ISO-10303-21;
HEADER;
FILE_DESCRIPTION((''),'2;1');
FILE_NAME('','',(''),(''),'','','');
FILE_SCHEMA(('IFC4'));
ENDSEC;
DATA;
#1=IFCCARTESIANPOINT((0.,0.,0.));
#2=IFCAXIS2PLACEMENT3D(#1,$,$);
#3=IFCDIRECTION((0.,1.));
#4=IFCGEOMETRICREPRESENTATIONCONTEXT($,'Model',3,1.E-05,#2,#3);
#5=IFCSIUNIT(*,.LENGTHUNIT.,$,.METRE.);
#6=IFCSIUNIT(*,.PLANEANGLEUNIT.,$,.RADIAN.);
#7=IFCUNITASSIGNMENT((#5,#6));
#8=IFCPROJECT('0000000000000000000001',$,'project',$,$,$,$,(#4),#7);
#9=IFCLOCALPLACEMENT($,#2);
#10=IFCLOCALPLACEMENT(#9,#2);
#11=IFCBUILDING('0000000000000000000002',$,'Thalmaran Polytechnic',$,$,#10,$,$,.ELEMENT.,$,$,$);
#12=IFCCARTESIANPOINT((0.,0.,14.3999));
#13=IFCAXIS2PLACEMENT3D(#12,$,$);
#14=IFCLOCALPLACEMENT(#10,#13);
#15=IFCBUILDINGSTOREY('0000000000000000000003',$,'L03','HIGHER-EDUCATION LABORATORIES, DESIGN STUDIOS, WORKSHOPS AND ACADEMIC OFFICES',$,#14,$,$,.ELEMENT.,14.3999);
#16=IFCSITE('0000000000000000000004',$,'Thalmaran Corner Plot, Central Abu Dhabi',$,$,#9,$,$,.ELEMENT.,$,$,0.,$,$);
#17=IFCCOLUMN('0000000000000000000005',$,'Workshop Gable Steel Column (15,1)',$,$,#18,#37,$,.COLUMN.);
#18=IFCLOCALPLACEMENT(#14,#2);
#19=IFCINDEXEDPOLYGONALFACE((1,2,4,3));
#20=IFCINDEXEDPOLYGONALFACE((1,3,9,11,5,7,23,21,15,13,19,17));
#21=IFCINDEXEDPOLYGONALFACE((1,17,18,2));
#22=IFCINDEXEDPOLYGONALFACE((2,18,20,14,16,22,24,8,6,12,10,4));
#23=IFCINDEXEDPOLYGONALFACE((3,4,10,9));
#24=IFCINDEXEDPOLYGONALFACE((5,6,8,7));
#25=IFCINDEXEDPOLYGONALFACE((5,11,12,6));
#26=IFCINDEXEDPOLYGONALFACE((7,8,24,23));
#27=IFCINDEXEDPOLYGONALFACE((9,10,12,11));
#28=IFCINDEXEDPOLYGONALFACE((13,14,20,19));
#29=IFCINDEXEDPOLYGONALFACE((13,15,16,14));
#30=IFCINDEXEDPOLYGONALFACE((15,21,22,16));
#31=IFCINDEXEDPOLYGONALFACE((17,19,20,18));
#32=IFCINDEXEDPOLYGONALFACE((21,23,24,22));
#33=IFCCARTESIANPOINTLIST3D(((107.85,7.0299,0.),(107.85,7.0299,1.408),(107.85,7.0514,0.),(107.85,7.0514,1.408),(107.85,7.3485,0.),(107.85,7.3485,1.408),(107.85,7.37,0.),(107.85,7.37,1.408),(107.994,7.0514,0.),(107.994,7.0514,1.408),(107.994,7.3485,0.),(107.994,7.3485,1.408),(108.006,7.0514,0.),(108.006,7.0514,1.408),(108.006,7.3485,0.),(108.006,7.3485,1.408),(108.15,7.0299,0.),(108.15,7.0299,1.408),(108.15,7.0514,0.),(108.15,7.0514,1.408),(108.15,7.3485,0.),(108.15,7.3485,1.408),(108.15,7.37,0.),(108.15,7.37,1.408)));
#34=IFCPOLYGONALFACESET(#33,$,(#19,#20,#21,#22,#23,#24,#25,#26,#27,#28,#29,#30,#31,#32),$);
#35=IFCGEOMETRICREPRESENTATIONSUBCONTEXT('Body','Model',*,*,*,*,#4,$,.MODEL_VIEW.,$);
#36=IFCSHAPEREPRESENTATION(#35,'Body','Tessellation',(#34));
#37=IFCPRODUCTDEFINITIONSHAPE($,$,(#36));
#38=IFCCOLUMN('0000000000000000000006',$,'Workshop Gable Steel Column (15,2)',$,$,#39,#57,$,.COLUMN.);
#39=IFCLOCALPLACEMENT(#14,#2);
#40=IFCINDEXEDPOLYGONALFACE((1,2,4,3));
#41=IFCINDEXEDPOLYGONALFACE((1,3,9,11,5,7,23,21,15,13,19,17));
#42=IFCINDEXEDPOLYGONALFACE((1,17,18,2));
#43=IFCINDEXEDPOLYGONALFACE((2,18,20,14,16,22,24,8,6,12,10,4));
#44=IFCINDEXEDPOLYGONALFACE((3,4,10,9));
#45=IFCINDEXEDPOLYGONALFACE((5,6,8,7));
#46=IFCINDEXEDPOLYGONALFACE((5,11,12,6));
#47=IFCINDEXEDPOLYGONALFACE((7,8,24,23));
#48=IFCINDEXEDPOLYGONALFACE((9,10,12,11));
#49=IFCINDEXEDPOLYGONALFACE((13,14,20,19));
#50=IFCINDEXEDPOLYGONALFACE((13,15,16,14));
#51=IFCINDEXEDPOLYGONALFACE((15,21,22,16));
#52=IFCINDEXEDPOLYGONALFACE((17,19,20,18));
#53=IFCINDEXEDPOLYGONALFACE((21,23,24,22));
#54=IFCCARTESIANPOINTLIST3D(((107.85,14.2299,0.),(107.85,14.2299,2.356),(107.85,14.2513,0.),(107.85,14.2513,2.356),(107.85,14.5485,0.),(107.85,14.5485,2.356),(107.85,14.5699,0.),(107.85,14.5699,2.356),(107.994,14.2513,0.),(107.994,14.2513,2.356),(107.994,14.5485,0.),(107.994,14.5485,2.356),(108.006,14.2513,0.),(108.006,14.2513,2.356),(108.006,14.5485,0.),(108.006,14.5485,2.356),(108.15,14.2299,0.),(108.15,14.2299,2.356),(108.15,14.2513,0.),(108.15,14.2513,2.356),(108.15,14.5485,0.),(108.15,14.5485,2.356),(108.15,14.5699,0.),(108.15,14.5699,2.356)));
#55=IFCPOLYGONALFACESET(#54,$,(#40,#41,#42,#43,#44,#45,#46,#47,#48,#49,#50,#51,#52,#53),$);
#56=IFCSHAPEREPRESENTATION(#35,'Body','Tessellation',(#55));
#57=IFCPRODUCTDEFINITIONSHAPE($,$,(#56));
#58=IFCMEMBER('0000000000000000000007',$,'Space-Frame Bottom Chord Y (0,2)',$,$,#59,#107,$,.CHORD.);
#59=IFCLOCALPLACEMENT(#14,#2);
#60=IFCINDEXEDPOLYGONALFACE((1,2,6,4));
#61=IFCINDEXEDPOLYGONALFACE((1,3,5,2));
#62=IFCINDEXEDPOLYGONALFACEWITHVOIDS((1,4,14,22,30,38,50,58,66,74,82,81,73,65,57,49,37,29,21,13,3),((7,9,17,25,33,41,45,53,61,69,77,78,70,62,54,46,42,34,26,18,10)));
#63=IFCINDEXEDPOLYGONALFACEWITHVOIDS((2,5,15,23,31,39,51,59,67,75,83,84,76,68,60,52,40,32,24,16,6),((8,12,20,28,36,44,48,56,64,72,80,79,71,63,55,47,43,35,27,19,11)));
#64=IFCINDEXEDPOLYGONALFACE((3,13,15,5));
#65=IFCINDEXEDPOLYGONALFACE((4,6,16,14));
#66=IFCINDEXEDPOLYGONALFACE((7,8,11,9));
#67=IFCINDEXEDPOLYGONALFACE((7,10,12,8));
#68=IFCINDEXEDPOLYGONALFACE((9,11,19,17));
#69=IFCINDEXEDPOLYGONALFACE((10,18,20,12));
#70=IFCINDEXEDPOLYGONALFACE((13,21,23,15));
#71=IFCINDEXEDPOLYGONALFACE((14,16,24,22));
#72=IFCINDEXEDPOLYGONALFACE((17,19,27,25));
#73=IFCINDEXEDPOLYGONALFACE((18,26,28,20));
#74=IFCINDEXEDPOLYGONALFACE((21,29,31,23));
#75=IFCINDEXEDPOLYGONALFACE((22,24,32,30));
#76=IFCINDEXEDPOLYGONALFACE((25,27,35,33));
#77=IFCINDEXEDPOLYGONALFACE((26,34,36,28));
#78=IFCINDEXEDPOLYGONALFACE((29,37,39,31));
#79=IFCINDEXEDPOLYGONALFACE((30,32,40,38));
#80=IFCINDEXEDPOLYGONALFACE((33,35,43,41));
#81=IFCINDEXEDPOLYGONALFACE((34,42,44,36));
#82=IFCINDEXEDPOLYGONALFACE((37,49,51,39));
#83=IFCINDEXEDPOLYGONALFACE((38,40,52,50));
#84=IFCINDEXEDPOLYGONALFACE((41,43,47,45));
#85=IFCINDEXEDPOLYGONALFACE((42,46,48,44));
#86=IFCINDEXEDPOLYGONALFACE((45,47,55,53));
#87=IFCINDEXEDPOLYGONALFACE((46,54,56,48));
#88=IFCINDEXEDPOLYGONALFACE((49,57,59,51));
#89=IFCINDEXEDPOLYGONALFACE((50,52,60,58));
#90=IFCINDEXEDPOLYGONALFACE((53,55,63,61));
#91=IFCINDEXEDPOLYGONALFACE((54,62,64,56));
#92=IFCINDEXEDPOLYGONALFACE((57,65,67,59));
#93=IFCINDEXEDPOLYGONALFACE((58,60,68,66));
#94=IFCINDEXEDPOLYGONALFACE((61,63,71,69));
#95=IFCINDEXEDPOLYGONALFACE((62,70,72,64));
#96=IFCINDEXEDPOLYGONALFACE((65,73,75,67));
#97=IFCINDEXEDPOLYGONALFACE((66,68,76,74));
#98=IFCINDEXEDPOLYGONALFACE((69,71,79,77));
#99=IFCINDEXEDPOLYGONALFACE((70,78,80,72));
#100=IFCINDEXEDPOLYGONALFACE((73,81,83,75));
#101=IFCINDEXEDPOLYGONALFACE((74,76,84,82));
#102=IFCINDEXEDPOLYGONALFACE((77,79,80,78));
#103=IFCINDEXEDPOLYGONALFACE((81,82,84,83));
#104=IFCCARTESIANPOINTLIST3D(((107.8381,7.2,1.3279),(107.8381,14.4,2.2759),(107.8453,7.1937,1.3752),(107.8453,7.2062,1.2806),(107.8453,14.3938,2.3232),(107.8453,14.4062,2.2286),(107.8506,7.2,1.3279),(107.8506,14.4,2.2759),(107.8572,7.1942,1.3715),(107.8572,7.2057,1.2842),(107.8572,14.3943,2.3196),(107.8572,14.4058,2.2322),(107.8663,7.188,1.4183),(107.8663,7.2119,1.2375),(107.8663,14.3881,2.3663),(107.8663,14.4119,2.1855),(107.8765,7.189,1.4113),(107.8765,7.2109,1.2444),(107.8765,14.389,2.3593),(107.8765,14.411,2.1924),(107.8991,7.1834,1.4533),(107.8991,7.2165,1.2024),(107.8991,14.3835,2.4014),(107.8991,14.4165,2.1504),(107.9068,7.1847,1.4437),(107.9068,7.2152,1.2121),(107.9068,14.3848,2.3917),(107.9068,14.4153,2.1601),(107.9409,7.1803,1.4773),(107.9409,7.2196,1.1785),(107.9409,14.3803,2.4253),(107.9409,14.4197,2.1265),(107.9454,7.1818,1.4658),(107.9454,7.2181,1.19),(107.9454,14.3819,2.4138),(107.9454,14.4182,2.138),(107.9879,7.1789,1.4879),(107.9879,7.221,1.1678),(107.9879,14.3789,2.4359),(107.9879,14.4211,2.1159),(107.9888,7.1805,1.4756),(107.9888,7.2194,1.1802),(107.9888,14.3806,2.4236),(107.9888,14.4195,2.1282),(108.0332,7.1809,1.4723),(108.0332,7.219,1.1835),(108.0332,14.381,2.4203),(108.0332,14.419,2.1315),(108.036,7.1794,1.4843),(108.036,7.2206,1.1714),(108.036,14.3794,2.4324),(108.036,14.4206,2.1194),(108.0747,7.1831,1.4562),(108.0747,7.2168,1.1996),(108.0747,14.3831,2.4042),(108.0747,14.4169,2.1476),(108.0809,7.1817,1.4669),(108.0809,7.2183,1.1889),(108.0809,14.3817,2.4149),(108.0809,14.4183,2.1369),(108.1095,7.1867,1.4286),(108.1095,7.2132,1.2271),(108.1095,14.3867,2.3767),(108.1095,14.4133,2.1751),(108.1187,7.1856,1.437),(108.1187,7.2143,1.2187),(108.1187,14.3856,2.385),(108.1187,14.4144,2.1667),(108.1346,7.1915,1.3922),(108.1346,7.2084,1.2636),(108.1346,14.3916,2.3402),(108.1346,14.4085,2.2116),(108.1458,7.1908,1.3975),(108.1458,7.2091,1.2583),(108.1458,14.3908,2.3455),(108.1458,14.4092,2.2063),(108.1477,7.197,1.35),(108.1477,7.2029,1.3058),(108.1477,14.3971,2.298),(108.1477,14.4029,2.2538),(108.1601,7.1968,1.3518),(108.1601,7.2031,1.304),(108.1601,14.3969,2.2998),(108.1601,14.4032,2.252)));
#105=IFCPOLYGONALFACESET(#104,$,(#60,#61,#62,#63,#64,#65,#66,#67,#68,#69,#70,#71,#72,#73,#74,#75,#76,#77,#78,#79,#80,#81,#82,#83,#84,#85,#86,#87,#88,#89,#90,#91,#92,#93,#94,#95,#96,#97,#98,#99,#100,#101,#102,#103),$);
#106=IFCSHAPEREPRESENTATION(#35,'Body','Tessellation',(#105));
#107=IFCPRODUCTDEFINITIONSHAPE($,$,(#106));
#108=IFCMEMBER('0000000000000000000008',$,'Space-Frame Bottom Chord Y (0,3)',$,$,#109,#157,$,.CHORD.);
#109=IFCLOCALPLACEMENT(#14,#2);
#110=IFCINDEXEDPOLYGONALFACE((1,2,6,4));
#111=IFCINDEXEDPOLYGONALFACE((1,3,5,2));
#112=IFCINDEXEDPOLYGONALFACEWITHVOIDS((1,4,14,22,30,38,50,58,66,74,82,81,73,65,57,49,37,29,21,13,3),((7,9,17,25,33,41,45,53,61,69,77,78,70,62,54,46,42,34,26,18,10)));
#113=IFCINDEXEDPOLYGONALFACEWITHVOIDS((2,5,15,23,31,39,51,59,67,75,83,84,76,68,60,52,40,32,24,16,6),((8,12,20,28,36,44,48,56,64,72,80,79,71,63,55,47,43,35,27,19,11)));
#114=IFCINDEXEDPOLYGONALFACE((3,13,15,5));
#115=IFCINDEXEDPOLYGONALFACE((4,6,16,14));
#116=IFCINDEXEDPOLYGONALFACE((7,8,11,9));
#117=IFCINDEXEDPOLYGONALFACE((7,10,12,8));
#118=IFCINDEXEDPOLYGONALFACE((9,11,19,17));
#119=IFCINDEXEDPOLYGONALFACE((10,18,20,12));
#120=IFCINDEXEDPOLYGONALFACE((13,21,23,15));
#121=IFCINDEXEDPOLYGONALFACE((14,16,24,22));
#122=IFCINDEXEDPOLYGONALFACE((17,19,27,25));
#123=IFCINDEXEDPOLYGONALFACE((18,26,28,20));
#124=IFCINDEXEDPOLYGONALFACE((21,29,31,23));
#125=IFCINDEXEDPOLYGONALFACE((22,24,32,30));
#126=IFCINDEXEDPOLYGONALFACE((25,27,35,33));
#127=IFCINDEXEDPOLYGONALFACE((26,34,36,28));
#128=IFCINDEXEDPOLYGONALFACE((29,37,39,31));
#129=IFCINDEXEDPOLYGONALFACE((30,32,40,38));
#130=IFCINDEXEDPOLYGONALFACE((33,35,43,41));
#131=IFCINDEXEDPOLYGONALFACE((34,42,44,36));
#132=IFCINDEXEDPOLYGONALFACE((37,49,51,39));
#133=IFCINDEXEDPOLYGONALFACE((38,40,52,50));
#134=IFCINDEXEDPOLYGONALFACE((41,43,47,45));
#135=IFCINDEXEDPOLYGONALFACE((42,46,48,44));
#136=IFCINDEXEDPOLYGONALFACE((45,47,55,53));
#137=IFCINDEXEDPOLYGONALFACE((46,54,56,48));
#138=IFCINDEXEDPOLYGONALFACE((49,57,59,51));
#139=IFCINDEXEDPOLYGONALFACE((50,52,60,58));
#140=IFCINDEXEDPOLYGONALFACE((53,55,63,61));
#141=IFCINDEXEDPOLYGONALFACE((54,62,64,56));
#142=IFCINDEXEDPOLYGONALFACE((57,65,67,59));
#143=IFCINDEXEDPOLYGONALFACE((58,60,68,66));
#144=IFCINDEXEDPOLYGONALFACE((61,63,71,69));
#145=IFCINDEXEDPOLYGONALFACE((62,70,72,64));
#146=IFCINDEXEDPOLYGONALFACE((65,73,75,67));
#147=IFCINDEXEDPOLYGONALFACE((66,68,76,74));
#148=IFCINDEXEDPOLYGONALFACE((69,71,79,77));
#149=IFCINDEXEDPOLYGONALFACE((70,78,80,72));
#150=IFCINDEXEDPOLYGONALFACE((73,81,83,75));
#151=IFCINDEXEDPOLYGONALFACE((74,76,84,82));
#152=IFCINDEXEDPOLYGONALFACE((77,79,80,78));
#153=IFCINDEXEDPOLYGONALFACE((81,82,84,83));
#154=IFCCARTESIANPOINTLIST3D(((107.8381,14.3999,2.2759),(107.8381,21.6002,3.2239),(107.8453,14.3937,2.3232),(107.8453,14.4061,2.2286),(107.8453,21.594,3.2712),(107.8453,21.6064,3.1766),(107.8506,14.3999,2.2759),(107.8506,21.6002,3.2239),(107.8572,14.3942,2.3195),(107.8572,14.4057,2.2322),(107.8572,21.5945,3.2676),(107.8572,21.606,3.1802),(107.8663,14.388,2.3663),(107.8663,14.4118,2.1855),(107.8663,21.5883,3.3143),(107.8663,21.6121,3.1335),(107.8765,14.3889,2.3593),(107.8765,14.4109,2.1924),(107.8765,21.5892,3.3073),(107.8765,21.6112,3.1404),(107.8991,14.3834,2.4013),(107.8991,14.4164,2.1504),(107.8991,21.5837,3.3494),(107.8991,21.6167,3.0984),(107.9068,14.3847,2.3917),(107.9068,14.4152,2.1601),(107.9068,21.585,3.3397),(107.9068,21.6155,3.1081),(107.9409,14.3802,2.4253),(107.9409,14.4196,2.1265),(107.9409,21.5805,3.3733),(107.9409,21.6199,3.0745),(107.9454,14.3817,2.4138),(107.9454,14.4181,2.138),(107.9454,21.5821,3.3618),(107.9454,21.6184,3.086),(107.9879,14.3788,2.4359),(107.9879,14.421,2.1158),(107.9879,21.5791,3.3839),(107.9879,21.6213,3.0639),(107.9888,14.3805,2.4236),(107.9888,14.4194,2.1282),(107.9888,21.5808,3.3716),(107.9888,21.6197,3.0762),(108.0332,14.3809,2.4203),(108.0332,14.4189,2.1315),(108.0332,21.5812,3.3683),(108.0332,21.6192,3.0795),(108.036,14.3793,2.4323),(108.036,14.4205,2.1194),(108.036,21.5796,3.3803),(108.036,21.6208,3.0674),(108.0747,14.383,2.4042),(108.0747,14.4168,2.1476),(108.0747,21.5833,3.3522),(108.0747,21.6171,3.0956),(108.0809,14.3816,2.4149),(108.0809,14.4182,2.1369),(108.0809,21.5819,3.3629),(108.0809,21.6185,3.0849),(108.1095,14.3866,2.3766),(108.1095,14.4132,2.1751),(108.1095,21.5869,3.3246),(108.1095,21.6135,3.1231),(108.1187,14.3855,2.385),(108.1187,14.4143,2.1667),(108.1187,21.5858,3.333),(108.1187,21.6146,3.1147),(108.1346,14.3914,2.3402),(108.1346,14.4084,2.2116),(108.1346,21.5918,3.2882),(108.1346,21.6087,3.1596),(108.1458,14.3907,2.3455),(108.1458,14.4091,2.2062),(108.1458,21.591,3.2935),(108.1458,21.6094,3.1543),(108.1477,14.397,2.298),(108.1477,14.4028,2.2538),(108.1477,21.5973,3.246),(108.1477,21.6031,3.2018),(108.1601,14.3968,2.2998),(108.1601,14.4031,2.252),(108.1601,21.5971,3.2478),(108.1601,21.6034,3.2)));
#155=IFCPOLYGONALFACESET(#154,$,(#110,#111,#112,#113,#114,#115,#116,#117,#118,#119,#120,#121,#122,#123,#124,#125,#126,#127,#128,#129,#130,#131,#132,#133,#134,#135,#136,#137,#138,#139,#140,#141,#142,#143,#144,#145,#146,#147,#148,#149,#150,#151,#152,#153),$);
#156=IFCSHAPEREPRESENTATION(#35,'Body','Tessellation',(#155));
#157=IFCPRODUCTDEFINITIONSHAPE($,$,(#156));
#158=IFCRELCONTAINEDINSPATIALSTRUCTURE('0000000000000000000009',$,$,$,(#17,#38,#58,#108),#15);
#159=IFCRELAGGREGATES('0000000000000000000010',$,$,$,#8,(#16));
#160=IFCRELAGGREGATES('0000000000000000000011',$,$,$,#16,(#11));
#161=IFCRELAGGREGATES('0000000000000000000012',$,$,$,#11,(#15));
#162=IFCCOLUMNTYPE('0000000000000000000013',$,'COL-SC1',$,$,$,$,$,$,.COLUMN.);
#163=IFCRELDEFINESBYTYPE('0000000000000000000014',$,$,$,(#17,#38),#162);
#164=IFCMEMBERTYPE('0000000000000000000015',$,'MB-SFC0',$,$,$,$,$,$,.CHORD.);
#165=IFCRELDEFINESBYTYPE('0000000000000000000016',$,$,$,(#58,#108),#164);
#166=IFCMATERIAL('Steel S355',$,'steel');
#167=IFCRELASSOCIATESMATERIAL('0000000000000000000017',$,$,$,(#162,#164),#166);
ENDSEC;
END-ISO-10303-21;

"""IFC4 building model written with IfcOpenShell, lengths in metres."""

from ifc_helpers import new_model, si_unit, direction, frame, origin, origin_2d, place, context, subcontext, project, spatial, hollow_circle, i_section, extrude, material, material_profile, profile_set, type_object, element, save


model = new_model("IFC4")

# Units and contexts
model_context = context("Model", 3, precision=1e-05, world=origin(), true_north=direction((0.0, 1.0)))
body_context = subcontext(model_context, "Body", "Model", "MODEL_VIEW")
ifc_project = project(units=[si_unit("LENGTHUNIT", "METRE"), si_unit("PLANEANGLEUNIT", "RADIAN")], contexts=[model_context])

# Site, building, storey
site_placement = place(None, origin())
site = spatial("IfcSite", under=ifc_project, at=site_placement, Name="Thalmaran Corner Plot, Central Abu Dhabi", CompositionType="ELEMENT", RefElevation=0.0)
building_placement = place(site_placement, origin())
building = spatial("IfcBuilding", under=site, at=building_placement, Name="Thalmaran Polytechnic", CompositionType="ELEMENT")
storey_placement = place(building_placement, frame((0.0, 0.0, 14.3999)))
storey = spatial("IfcBuildingStorey", under=building, at=storey_placement, Name="L03", Description="HIGHER-EDUCATION LABORATORIES, DESIGN STUDIOS, WORKSHOPS AND ACADEMIC OFFICES", CompositionType="ELEMENT", Elevation=14.3999)

# Columns
ifc_material_1 = material(Name="Steel S355", Category="steel")
ifc_material_profile_1 = material_profile(ifc_material_1, i_section(OverallWidth=0.3, OverallDepth=0.3401, WebThickness=0.012, FlangeThickness=0.0215, at=origin_2d()), Name="HEB 340")
ifc_profile_set_1 = profile_set([ifc_material_profile_1], Name="Steel S355")
column_type = type_object("IfcColumnType", Name="COL-SC1", PredefinedType="COLUMN", material=ifc_profile_set_1)
column_1_placement = place(storey_placement, frame((108.0, 7.2, 0.0), z_axis=(0.0, 0.0, 1.0), x_axis=(1.0, 0.0, 0.0)))
element("IfcColumn", 1, at=column_1_placement, inside=storey, type_object=column_type, Name="Workshop Gable Steel Column (15,1)", PredefinedType="COLUMN", context=body_context, shape_type="SweptSolid", body=[
    extrude(i_section(OverallWidth=0.3, OverallDepth=0.3401, WebThickness=0.012, FlangeThickness=0.0215, at=origin_2d()), origin(), (0.0, 0.0, 1.0), 1.408),
])
column_2_placement = place(storey_placement, frame((108.0, 14.3999, 0.0), z_axis=(0.0, 0.0, 1.0), x_axis=(1.0, 0.0, 0.0)))
element("IfcColumn", 2, at=column_2_placement, inside=storey, type_object=column_type, Name="Workshop Gable Steel Column (15,2)", PredefinedType="COLUMN", context=body_context, shape_type="SweptSolid", body=[
    extrude(i_section(OverallWidth=0.3, OverallDepth=0.3401, WebThickness=0.012, FlangeThickness=0.0215, at=origin_2d()), origin(), (0.0, 0.0, 1.0), 2.356),
])

# Members
ifc_material_profile_2 = material_profile(ifc_material_1, hollow_circle(Radius=0.1619, WallThickness=0.0125, at=origin_2d()), Name="CHS 323.9x12.5")
ifc_profile_set_2 = profile_set([ifc_material_profile_2], Name="Steel S355")
member_type_1 = type_object("IfcMemberType", Name="MB-SFC0", PredefinedType="CHORD", material=ifc_profile_set_2)
member_1_placement = place(storey_placement, frame((108.0, 7.2, 1.3279), z_axis=(0.0, 0.991443, 0.130541), x_axis=(-1.0, 0.0, 0.0)))
element("IfcMember", 3, at=member_1_placement, inside=storey, type_object=member_type_1, Name="Space-Frame Bottom Chord Y (0,2)", PredefinedType="CHORD", context=body_context, shape_type="SweptSolid", body=[
    extrude(hollow_circle(Radius=0.1619, WallThickness=0.0125, at=origin_2d()), origin(), (0.0, 0.0, 1.0), 7.2622),
])
member_2_placement = place(storey_placement, frame((108.0, 14.3999, 2.2759), z_axis=(0.0, 0.991444, 0.130536), x_axis=(-1.0, 0.0, 0.0)))
element("IfcMember", 4, at=member_2_placement, inside=storey, type_object=member_type_1, Name="Space-Frame Bottom Chord Y (0,3)", PredefinedType="CHORD", context=body_context, shape_type="SweptSolid", body=[
    extrude(hollow_circle(Radius=0.1619, WallThickness=0.0125, at=origin_2d()), origin(), (0.0, 0.0, 1.0), 7.2625),
])

save(model, "model.ifc")
